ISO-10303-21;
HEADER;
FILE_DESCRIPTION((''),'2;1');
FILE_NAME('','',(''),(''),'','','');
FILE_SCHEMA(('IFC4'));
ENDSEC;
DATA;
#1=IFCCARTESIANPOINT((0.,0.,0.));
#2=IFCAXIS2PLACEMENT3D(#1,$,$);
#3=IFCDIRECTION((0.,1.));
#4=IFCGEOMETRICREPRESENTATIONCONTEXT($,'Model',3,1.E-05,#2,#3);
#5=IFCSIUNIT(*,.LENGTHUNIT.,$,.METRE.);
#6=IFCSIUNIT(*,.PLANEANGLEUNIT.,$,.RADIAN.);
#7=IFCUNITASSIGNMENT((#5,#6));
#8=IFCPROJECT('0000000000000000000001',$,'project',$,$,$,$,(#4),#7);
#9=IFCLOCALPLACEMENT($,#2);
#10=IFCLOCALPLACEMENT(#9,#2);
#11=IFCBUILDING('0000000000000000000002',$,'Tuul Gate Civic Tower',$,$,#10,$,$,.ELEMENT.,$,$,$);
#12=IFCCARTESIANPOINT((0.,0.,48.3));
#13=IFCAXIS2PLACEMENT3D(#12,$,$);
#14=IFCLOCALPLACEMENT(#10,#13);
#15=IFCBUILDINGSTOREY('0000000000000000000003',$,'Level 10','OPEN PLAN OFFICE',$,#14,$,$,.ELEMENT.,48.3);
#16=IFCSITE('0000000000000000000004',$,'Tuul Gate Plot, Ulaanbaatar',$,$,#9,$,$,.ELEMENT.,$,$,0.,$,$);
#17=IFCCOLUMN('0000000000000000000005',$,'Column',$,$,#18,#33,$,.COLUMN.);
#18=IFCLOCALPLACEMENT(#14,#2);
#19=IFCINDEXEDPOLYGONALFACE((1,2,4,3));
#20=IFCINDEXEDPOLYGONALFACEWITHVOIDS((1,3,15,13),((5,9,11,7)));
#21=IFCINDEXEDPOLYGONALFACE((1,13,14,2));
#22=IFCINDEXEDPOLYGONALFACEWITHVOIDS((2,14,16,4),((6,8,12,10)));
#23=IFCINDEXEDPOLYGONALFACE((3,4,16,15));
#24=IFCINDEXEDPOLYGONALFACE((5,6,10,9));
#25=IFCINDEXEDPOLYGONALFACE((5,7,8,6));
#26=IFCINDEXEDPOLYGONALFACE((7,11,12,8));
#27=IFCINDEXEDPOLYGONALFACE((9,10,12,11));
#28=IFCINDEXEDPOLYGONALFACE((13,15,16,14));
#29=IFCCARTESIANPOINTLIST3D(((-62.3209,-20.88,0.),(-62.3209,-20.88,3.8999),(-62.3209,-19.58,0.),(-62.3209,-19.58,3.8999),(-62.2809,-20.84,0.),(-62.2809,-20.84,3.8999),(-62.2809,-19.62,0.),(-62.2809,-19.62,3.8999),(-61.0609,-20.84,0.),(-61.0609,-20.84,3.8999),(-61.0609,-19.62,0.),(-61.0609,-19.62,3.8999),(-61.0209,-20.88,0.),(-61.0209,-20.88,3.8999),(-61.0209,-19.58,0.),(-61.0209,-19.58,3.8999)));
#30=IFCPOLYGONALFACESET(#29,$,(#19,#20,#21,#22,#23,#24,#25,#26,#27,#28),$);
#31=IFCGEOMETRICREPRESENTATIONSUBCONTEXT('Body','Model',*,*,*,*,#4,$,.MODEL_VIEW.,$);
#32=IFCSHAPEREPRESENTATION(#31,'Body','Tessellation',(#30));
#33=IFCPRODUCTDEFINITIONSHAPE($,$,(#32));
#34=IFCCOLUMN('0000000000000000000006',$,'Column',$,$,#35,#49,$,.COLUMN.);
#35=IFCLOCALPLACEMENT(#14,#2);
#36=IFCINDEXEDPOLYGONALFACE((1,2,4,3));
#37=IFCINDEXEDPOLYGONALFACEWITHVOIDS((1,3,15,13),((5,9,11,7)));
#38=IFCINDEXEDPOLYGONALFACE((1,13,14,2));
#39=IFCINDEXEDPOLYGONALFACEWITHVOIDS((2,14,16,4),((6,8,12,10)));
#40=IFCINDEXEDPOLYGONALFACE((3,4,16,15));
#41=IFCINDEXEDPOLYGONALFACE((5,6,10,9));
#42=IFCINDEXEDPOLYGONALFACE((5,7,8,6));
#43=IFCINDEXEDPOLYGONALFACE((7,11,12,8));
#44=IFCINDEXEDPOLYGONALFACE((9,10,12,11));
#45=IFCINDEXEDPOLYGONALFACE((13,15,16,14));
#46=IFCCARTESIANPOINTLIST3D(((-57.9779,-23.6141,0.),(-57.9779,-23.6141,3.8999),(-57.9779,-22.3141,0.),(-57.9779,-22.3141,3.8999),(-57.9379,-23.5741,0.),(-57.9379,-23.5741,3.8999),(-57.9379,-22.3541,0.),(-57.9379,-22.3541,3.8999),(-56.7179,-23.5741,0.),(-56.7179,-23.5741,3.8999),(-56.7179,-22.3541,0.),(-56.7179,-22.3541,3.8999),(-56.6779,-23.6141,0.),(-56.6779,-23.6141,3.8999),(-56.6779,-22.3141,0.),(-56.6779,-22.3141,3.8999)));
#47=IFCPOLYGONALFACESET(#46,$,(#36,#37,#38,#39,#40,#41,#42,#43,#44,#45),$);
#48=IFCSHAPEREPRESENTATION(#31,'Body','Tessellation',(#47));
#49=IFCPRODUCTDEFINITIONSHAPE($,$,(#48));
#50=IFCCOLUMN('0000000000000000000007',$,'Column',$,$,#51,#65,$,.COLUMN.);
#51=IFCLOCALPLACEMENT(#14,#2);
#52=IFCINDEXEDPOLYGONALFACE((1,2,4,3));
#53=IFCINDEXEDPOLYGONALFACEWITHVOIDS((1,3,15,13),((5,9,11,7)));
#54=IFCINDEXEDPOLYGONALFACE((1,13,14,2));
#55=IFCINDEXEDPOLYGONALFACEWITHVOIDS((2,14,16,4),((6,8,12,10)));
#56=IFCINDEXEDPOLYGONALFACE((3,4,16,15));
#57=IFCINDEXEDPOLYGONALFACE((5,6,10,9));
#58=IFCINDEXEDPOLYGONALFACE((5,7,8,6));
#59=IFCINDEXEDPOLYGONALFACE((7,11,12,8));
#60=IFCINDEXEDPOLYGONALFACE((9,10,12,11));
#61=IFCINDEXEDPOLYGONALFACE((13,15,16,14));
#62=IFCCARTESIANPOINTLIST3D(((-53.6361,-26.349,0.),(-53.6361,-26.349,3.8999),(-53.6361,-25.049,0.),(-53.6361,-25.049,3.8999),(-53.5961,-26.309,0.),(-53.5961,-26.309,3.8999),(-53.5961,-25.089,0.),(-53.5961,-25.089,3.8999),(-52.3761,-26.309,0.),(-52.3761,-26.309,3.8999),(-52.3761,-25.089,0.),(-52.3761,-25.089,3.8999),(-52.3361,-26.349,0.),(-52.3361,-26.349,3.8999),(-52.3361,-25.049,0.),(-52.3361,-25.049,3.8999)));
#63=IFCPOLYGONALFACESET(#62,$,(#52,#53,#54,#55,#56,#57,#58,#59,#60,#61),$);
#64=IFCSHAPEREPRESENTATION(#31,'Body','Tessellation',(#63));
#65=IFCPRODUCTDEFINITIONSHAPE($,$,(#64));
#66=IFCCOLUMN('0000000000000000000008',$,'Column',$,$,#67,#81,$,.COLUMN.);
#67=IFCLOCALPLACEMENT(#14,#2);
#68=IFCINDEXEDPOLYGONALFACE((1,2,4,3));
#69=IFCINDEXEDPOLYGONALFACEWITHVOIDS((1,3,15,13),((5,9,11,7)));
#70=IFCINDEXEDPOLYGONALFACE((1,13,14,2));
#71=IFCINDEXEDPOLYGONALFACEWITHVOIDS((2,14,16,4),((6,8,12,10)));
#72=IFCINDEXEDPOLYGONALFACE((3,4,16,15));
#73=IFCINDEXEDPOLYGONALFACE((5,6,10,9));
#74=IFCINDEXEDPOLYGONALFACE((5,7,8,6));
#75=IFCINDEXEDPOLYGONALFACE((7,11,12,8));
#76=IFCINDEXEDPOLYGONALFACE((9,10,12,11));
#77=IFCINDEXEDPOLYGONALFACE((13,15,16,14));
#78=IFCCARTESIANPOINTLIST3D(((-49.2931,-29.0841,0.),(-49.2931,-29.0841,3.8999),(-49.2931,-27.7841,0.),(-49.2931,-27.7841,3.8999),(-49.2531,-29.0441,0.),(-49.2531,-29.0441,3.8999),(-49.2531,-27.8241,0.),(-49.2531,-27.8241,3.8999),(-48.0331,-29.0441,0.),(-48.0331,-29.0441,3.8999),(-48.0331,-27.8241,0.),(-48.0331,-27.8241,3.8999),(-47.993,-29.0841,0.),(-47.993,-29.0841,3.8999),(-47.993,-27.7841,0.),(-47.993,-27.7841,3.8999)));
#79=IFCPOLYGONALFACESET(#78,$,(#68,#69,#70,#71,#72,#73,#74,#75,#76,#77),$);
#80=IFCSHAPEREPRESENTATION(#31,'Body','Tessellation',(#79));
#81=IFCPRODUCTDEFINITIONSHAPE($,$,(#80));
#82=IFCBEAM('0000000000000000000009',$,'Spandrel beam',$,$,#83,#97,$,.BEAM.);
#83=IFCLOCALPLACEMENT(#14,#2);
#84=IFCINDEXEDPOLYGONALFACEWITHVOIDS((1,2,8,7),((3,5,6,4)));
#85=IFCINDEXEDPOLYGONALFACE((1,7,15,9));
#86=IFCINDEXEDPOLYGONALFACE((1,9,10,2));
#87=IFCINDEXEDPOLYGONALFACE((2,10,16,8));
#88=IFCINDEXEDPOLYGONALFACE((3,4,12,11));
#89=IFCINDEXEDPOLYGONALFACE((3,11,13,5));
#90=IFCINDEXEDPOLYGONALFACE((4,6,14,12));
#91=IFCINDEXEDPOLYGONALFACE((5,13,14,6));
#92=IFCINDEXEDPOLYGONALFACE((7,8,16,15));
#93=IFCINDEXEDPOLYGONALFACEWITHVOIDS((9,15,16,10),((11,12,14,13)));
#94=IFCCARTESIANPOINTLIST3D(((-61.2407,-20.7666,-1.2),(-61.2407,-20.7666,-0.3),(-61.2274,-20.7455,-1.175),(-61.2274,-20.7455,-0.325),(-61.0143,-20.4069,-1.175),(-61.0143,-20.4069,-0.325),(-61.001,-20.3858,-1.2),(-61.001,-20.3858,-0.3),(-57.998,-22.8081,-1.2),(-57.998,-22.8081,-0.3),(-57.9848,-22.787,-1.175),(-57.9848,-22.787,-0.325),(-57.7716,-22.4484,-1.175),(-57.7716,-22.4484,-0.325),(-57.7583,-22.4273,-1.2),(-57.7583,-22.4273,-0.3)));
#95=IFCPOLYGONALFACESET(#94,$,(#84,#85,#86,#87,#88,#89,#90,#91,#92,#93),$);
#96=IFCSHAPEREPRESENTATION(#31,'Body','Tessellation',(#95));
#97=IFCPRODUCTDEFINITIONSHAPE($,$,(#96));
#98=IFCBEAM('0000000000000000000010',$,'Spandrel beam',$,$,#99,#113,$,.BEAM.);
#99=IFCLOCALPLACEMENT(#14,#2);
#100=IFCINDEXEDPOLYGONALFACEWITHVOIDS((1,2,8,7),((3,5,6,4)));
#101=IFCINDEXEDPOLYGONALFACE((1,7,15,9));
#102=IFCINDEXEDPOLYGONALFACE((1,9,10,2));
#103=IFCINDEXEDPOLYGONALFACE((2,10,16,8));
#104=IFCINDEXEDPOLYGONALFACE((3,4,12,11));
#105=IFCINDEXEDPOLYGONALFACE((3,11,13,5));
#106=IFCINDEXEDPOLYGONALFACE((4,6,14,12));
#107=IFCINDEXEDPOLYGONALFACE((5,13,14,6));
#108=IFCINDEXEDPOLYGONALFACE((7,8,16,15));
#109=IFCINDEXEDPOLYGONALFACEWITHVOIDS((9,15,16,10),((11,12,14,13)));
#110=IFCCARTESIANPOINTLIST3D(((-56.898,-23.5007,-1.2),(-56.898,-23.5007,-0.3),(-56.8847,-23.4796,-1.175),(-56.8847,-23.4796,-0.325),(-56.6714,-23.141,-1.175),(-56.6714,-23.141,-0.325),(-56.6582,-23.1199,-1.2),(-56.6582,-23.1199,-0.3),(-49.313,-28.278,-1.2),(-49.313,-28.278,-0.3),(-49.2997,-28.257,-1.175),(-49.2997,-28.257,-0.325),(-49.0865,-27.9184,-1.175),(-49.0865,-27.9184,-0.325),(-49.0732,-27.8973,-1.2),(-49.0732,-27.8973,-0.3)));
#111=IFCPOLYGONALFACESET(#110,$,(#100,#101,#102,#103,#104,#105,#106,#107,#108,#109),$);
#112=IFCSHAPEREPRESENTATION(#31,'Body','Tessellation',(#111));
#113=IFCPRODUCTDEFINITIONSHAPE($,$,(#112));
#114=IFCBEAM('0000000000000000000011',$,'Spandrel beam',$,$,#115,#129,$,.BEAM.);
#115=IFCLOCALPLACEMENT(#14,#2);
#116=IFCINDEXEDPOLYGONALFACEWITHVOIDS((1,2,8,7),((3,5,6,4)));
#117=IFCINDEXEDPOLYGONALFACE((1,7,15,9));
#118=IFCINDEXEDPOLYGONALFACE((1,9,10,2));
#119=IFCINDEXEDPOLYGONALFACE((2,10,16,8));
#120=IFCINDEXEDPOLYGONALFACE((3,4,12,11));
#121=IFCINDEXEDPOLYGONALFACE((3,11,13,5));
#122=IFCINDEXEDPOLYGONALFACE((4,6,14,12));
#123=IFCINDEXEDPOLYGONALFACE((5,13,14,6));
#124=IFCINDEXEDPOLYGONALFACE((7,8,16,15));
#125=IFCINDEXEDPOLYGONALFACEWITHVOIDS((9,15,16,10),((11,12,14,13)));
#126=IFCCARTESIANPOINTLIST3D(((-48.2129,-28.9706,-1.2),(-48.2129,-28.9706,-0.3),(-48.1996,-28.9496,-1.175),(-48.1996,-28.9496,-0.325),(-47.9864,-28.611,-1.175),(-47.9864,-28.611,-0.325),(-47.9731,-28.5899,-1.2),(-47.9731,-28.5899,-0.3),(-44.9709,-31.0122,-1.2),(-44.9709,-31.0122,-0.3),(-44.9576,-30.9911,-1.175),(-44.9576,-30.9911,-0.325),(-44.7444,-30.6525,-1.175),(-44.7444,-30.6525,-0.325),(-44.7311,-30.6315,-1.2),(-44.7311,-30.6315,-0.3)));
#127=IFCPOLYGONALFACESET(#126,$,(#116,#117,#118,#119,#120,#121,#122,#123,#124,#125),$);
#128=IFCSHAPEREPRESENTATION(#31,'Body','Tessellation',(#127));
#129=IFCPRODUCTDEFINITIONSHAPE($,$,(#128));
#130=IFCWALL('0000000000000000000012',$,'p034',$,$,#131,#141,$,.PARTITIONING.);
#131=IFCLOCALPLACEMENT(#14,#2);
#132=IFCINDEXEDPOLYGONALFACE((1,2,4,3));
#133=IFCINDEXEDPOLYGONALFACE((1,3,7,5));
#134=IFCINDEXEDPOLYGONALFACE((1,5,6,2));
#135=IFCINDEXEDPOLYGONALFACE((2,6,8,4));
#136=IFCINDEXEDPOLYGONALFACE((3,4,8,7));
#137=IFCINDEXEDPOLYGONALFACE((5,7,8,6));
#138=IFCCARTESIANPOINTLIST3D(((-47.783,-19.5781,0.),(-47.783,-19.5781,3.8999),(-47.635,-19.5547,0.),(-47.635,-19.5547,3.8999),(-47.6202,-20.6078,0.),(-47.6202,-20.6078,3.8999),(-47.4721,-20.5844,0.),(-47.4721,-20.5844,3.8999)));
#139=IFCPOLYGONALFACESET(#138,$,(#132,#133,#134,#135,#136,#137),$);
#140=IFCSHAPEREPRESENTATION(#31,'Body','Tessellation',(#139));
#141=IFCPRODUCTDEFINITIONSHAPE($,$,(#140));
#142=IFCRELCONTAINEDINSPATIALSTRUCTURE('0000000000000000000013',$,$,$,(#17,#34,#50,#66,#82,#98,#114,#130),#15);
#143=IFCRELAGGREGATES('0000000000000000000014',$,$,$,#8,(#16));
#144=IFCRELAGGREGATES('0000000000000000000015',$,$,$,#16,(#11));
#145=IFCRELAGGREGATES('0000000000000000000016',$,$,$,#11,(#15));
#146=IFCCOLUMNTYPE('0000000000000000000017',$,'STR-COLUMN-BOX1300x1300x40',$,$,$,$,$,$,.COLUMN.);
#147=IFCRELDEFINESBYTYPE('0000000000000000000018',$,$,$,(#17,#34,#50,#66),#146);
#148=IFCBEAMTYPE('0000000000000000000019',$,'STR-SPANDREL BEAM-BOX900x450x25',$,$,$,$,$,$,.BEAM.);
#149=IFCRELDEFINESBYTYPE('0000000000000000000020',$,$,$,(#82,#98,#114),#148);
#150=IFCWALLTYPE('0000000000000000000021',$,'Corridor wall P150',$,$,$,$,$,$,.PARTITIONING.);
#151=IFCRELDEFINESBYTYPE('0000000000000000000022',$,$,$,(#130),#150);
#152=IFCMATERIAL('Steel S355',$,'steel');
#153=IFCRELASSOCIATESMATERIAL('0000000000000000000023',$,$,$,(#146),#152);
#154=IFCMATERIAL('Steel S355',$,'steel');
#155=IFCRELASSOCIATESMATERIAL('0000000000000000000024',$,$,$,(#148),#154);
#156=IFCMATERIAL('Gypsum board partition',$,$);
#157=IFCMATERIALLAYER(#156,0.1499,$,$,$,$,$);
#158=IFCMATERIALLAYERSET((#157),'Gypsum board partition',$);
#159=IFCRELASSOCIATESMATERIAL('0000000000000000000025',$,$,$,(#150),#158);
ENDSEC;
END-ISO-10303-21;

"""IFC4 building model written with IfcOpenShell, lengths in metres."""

from ifc_helpers import new_model, si_unit, direction, frame, frame_2d, origin, origin_2d, place, context, subcontext, project, spatial, rectangle, hollow_rectangle, extrude, material, layer, layer_set, material_profile, profile_set, type_object, element, save


model = new_model("IFC4")

# Units and contexts
model_context = context("Model", 3, precision=1e-05, world=origin(), true_north=direction((0.0, 1.0)))
body_context = subcontext(model_context, "Body", "Model", "MODEL_VIEW")
ifc_project = project(units=[si_unit("LENGTHUNIT", "METRE"), si_unit("PLANEANGLEUNIT", "RADIAN")], contexts=[model_context])

# Site, building, storey
site_placement = place(None, origin())
site = spatial("IfcSite", under=ifc_project, at=site_placement, Name="Tuul Gate Plot, Ulaanbaatar", CompositionType="ELEMENT", RefElevation=0.0)
building_placement = place(site_placement, origin())
building = spatial("IfcBuilding", under=site, at=building_placement, Name="Tuul Gate Civic Tower", CompositionType="ELEMENT")
storey_placement = place(building_placement, frame((0.0, 0.0, 48.3)))
storey = spatial("IfcBuildingStorey", under=building, at=storey_placement, Name="Level 10", Description="OPEN PLAN OFFICE", CompositionType="ELEMENT", Elevation=48.3)

# Columns
ifc_material_1 = material(Name="Steel S355", Category="steel")
ifc_material_profile_1 = material_profile(ifc_material_1, hollow_rectangle(XDim=1.3, YDim=1.3, WallThickness=0.04, at=origin_2d()), Name="BOX1300x1300x40")
ifc_profile_set_1 = profile_set([ifc_material_profile_1], Name="Steel S355")
column_type = type_object("IfcColumnType", Name="STR-COLUMN-BOX1300x1300x40", PredefinedType="COLUMN", material=ifc_profile_set_1)
for number, where, z_axis, x_axis, name in (
    (1, (-61.6709, -20.23, 0.0), (0.0, 0.0, 1.0), (1.0, 0.0, 0.0), "Column"),
    (2, (-57.3279, -22.9641, 0.0), (0.0, 0.0, 1.0), (1.0, 0.0, 0.0), "Column"),
    (3, (-52.9861, -25.699, 0.0), (0.0, 0.0, 1.0), (1.0, 0.0, 0.0), "Column"),
    (4, (-48.6431, -28.4341, 0.0), (0.0, 0.0, 1.0), (1.0, 0.0, 0.0), "Column"),
):
    element("IfcColumn", number, at=place(storey_placement, frame(where, z_axis=z_axis, x_axis=x_axis)), inside=storey, type_object=column_type, Name=name, PredefinedType="COLUMN", context=body_context, shape_type="SweptSolid", body=[
        extrude(hollow_rectangle(XDim=1.3, YDim=1.3, WallThickness=0.04, at=origin_2d()), origin(), (0.0, 0.0, 1.0), 3.8999),
    ])

# Beams
ifc_material_2 = material(Name="Steel S355", Category="steel")
ifc_material_profile_2 = material_profile(ifc_material_2, hollow_rectangle(XDim=0.45, YDim=0.8999, WallThickness=0.0249, at=origin_2d()), Name="BOX900x450x25")
ifc_profile_set_2 = profile_set([ifc_material_profile_2], Name="Steel S355")
beam_type = type_object("IfcBeamType", Name="STR-SPANDREL BEAM-BOX900x450x25", PredefinedType="BEAM", material=ifc_profile_set_2)
beam_1_placement = place(storey_placement, frame((-61.1208, -20.5762, -0.75), z_axis=(0.846254, -0.532779, 0.0), x_axis=(0.532779, 0.846254, 0.0)))
element("IfcBeam", 5, at=beam_1_placement, inside=storey, type_object=beam_type, Name="Spandrel beam", PredefinedType="BEAM", context=body_context, shape_type="SweptSolid", body=[
    extrude(hollow_rectangle(XDim=0.45, YDim=0.8999, WallThickness=0.0249, at=origin_2d()), origin(), (0.0, 0.0, 1.0), 3.8318),
])
beam_2_placement = place(storey_placement, frame((-56.7781, -23.3103, -0.75), z_axis=(0.846151, -0.532943, 0.0), x_axis=(0.532943, 0.846151, 0.0)))
element("IfcBeam", 6, at=beam_2_placement, inside=storey, type_object=beam_type, Name="Spandrel beam", PredefinedType="BEAM", context=body_context, shape_type="SweptSolid", body=[
    extrude(hollow_rectangle(XDim=0.45, YDim=0.8999, WallThickness=0.0249, at=origin_2d()), origin(), (0.0, 0.0, 1.0), 8.9641),
])
beam_3_placement = place(storey_placement, frame((-48.093, -28.7803, -0.75), z_axis=(0.8462, -0.532866, 0.0), x_axis=(0.532866, 0.8462, 0.0)))
element("IfcBeam", 7, at=beam_3_placement, inside=storey, type_object=beam_type, Name="Spandrel beam", PredefinedType="BEAM", context=body_context, shape_type="SweptSolid", body=[
    extrude(hollow_rectangle(XDim=0.45, YDim=0.8999, WallThickness=0.0249, at=origin_2d()), origin(), (0.0, 0.0, 1.0), 3.8313),
])

# Wall
ifc_material_3 = material(Name="Gypsum board partition")
ifc_layer_1 = layer(ifc_material_3, 0.1499)
ifc_layer_set_1 = layer_set([ifc_layer_1], Name="Gypsum board partition")
wall_type_1 = type_object("IfcWallType", Name="Corridor wall P150", PredefinedType="PARTITIONING", material=ifc_layer_set_1)
wall_1_placement = place(storey_placement, frame((-47.709, -19.5664, 0.0), z_axis=(0.0, 0.0, 1.0), x_axis=(0.156191, -0.987727, 0.0)))
element("IfcWall", 8, at=wall_1_placement, inside=storey, type_object=wall_type_1, Name="p034", PredefinedType="PARTITIONING", context=body_context, shape_type="SweptSolid", body=[
    extrude(rectangle(XDim=1.0425, YDim=0.1499, at=frame_2d((0.5212, 0.0))), origin(), (0.0, 0.0, 1.0), 3.8999),
])

save(model, "model.ifc")
